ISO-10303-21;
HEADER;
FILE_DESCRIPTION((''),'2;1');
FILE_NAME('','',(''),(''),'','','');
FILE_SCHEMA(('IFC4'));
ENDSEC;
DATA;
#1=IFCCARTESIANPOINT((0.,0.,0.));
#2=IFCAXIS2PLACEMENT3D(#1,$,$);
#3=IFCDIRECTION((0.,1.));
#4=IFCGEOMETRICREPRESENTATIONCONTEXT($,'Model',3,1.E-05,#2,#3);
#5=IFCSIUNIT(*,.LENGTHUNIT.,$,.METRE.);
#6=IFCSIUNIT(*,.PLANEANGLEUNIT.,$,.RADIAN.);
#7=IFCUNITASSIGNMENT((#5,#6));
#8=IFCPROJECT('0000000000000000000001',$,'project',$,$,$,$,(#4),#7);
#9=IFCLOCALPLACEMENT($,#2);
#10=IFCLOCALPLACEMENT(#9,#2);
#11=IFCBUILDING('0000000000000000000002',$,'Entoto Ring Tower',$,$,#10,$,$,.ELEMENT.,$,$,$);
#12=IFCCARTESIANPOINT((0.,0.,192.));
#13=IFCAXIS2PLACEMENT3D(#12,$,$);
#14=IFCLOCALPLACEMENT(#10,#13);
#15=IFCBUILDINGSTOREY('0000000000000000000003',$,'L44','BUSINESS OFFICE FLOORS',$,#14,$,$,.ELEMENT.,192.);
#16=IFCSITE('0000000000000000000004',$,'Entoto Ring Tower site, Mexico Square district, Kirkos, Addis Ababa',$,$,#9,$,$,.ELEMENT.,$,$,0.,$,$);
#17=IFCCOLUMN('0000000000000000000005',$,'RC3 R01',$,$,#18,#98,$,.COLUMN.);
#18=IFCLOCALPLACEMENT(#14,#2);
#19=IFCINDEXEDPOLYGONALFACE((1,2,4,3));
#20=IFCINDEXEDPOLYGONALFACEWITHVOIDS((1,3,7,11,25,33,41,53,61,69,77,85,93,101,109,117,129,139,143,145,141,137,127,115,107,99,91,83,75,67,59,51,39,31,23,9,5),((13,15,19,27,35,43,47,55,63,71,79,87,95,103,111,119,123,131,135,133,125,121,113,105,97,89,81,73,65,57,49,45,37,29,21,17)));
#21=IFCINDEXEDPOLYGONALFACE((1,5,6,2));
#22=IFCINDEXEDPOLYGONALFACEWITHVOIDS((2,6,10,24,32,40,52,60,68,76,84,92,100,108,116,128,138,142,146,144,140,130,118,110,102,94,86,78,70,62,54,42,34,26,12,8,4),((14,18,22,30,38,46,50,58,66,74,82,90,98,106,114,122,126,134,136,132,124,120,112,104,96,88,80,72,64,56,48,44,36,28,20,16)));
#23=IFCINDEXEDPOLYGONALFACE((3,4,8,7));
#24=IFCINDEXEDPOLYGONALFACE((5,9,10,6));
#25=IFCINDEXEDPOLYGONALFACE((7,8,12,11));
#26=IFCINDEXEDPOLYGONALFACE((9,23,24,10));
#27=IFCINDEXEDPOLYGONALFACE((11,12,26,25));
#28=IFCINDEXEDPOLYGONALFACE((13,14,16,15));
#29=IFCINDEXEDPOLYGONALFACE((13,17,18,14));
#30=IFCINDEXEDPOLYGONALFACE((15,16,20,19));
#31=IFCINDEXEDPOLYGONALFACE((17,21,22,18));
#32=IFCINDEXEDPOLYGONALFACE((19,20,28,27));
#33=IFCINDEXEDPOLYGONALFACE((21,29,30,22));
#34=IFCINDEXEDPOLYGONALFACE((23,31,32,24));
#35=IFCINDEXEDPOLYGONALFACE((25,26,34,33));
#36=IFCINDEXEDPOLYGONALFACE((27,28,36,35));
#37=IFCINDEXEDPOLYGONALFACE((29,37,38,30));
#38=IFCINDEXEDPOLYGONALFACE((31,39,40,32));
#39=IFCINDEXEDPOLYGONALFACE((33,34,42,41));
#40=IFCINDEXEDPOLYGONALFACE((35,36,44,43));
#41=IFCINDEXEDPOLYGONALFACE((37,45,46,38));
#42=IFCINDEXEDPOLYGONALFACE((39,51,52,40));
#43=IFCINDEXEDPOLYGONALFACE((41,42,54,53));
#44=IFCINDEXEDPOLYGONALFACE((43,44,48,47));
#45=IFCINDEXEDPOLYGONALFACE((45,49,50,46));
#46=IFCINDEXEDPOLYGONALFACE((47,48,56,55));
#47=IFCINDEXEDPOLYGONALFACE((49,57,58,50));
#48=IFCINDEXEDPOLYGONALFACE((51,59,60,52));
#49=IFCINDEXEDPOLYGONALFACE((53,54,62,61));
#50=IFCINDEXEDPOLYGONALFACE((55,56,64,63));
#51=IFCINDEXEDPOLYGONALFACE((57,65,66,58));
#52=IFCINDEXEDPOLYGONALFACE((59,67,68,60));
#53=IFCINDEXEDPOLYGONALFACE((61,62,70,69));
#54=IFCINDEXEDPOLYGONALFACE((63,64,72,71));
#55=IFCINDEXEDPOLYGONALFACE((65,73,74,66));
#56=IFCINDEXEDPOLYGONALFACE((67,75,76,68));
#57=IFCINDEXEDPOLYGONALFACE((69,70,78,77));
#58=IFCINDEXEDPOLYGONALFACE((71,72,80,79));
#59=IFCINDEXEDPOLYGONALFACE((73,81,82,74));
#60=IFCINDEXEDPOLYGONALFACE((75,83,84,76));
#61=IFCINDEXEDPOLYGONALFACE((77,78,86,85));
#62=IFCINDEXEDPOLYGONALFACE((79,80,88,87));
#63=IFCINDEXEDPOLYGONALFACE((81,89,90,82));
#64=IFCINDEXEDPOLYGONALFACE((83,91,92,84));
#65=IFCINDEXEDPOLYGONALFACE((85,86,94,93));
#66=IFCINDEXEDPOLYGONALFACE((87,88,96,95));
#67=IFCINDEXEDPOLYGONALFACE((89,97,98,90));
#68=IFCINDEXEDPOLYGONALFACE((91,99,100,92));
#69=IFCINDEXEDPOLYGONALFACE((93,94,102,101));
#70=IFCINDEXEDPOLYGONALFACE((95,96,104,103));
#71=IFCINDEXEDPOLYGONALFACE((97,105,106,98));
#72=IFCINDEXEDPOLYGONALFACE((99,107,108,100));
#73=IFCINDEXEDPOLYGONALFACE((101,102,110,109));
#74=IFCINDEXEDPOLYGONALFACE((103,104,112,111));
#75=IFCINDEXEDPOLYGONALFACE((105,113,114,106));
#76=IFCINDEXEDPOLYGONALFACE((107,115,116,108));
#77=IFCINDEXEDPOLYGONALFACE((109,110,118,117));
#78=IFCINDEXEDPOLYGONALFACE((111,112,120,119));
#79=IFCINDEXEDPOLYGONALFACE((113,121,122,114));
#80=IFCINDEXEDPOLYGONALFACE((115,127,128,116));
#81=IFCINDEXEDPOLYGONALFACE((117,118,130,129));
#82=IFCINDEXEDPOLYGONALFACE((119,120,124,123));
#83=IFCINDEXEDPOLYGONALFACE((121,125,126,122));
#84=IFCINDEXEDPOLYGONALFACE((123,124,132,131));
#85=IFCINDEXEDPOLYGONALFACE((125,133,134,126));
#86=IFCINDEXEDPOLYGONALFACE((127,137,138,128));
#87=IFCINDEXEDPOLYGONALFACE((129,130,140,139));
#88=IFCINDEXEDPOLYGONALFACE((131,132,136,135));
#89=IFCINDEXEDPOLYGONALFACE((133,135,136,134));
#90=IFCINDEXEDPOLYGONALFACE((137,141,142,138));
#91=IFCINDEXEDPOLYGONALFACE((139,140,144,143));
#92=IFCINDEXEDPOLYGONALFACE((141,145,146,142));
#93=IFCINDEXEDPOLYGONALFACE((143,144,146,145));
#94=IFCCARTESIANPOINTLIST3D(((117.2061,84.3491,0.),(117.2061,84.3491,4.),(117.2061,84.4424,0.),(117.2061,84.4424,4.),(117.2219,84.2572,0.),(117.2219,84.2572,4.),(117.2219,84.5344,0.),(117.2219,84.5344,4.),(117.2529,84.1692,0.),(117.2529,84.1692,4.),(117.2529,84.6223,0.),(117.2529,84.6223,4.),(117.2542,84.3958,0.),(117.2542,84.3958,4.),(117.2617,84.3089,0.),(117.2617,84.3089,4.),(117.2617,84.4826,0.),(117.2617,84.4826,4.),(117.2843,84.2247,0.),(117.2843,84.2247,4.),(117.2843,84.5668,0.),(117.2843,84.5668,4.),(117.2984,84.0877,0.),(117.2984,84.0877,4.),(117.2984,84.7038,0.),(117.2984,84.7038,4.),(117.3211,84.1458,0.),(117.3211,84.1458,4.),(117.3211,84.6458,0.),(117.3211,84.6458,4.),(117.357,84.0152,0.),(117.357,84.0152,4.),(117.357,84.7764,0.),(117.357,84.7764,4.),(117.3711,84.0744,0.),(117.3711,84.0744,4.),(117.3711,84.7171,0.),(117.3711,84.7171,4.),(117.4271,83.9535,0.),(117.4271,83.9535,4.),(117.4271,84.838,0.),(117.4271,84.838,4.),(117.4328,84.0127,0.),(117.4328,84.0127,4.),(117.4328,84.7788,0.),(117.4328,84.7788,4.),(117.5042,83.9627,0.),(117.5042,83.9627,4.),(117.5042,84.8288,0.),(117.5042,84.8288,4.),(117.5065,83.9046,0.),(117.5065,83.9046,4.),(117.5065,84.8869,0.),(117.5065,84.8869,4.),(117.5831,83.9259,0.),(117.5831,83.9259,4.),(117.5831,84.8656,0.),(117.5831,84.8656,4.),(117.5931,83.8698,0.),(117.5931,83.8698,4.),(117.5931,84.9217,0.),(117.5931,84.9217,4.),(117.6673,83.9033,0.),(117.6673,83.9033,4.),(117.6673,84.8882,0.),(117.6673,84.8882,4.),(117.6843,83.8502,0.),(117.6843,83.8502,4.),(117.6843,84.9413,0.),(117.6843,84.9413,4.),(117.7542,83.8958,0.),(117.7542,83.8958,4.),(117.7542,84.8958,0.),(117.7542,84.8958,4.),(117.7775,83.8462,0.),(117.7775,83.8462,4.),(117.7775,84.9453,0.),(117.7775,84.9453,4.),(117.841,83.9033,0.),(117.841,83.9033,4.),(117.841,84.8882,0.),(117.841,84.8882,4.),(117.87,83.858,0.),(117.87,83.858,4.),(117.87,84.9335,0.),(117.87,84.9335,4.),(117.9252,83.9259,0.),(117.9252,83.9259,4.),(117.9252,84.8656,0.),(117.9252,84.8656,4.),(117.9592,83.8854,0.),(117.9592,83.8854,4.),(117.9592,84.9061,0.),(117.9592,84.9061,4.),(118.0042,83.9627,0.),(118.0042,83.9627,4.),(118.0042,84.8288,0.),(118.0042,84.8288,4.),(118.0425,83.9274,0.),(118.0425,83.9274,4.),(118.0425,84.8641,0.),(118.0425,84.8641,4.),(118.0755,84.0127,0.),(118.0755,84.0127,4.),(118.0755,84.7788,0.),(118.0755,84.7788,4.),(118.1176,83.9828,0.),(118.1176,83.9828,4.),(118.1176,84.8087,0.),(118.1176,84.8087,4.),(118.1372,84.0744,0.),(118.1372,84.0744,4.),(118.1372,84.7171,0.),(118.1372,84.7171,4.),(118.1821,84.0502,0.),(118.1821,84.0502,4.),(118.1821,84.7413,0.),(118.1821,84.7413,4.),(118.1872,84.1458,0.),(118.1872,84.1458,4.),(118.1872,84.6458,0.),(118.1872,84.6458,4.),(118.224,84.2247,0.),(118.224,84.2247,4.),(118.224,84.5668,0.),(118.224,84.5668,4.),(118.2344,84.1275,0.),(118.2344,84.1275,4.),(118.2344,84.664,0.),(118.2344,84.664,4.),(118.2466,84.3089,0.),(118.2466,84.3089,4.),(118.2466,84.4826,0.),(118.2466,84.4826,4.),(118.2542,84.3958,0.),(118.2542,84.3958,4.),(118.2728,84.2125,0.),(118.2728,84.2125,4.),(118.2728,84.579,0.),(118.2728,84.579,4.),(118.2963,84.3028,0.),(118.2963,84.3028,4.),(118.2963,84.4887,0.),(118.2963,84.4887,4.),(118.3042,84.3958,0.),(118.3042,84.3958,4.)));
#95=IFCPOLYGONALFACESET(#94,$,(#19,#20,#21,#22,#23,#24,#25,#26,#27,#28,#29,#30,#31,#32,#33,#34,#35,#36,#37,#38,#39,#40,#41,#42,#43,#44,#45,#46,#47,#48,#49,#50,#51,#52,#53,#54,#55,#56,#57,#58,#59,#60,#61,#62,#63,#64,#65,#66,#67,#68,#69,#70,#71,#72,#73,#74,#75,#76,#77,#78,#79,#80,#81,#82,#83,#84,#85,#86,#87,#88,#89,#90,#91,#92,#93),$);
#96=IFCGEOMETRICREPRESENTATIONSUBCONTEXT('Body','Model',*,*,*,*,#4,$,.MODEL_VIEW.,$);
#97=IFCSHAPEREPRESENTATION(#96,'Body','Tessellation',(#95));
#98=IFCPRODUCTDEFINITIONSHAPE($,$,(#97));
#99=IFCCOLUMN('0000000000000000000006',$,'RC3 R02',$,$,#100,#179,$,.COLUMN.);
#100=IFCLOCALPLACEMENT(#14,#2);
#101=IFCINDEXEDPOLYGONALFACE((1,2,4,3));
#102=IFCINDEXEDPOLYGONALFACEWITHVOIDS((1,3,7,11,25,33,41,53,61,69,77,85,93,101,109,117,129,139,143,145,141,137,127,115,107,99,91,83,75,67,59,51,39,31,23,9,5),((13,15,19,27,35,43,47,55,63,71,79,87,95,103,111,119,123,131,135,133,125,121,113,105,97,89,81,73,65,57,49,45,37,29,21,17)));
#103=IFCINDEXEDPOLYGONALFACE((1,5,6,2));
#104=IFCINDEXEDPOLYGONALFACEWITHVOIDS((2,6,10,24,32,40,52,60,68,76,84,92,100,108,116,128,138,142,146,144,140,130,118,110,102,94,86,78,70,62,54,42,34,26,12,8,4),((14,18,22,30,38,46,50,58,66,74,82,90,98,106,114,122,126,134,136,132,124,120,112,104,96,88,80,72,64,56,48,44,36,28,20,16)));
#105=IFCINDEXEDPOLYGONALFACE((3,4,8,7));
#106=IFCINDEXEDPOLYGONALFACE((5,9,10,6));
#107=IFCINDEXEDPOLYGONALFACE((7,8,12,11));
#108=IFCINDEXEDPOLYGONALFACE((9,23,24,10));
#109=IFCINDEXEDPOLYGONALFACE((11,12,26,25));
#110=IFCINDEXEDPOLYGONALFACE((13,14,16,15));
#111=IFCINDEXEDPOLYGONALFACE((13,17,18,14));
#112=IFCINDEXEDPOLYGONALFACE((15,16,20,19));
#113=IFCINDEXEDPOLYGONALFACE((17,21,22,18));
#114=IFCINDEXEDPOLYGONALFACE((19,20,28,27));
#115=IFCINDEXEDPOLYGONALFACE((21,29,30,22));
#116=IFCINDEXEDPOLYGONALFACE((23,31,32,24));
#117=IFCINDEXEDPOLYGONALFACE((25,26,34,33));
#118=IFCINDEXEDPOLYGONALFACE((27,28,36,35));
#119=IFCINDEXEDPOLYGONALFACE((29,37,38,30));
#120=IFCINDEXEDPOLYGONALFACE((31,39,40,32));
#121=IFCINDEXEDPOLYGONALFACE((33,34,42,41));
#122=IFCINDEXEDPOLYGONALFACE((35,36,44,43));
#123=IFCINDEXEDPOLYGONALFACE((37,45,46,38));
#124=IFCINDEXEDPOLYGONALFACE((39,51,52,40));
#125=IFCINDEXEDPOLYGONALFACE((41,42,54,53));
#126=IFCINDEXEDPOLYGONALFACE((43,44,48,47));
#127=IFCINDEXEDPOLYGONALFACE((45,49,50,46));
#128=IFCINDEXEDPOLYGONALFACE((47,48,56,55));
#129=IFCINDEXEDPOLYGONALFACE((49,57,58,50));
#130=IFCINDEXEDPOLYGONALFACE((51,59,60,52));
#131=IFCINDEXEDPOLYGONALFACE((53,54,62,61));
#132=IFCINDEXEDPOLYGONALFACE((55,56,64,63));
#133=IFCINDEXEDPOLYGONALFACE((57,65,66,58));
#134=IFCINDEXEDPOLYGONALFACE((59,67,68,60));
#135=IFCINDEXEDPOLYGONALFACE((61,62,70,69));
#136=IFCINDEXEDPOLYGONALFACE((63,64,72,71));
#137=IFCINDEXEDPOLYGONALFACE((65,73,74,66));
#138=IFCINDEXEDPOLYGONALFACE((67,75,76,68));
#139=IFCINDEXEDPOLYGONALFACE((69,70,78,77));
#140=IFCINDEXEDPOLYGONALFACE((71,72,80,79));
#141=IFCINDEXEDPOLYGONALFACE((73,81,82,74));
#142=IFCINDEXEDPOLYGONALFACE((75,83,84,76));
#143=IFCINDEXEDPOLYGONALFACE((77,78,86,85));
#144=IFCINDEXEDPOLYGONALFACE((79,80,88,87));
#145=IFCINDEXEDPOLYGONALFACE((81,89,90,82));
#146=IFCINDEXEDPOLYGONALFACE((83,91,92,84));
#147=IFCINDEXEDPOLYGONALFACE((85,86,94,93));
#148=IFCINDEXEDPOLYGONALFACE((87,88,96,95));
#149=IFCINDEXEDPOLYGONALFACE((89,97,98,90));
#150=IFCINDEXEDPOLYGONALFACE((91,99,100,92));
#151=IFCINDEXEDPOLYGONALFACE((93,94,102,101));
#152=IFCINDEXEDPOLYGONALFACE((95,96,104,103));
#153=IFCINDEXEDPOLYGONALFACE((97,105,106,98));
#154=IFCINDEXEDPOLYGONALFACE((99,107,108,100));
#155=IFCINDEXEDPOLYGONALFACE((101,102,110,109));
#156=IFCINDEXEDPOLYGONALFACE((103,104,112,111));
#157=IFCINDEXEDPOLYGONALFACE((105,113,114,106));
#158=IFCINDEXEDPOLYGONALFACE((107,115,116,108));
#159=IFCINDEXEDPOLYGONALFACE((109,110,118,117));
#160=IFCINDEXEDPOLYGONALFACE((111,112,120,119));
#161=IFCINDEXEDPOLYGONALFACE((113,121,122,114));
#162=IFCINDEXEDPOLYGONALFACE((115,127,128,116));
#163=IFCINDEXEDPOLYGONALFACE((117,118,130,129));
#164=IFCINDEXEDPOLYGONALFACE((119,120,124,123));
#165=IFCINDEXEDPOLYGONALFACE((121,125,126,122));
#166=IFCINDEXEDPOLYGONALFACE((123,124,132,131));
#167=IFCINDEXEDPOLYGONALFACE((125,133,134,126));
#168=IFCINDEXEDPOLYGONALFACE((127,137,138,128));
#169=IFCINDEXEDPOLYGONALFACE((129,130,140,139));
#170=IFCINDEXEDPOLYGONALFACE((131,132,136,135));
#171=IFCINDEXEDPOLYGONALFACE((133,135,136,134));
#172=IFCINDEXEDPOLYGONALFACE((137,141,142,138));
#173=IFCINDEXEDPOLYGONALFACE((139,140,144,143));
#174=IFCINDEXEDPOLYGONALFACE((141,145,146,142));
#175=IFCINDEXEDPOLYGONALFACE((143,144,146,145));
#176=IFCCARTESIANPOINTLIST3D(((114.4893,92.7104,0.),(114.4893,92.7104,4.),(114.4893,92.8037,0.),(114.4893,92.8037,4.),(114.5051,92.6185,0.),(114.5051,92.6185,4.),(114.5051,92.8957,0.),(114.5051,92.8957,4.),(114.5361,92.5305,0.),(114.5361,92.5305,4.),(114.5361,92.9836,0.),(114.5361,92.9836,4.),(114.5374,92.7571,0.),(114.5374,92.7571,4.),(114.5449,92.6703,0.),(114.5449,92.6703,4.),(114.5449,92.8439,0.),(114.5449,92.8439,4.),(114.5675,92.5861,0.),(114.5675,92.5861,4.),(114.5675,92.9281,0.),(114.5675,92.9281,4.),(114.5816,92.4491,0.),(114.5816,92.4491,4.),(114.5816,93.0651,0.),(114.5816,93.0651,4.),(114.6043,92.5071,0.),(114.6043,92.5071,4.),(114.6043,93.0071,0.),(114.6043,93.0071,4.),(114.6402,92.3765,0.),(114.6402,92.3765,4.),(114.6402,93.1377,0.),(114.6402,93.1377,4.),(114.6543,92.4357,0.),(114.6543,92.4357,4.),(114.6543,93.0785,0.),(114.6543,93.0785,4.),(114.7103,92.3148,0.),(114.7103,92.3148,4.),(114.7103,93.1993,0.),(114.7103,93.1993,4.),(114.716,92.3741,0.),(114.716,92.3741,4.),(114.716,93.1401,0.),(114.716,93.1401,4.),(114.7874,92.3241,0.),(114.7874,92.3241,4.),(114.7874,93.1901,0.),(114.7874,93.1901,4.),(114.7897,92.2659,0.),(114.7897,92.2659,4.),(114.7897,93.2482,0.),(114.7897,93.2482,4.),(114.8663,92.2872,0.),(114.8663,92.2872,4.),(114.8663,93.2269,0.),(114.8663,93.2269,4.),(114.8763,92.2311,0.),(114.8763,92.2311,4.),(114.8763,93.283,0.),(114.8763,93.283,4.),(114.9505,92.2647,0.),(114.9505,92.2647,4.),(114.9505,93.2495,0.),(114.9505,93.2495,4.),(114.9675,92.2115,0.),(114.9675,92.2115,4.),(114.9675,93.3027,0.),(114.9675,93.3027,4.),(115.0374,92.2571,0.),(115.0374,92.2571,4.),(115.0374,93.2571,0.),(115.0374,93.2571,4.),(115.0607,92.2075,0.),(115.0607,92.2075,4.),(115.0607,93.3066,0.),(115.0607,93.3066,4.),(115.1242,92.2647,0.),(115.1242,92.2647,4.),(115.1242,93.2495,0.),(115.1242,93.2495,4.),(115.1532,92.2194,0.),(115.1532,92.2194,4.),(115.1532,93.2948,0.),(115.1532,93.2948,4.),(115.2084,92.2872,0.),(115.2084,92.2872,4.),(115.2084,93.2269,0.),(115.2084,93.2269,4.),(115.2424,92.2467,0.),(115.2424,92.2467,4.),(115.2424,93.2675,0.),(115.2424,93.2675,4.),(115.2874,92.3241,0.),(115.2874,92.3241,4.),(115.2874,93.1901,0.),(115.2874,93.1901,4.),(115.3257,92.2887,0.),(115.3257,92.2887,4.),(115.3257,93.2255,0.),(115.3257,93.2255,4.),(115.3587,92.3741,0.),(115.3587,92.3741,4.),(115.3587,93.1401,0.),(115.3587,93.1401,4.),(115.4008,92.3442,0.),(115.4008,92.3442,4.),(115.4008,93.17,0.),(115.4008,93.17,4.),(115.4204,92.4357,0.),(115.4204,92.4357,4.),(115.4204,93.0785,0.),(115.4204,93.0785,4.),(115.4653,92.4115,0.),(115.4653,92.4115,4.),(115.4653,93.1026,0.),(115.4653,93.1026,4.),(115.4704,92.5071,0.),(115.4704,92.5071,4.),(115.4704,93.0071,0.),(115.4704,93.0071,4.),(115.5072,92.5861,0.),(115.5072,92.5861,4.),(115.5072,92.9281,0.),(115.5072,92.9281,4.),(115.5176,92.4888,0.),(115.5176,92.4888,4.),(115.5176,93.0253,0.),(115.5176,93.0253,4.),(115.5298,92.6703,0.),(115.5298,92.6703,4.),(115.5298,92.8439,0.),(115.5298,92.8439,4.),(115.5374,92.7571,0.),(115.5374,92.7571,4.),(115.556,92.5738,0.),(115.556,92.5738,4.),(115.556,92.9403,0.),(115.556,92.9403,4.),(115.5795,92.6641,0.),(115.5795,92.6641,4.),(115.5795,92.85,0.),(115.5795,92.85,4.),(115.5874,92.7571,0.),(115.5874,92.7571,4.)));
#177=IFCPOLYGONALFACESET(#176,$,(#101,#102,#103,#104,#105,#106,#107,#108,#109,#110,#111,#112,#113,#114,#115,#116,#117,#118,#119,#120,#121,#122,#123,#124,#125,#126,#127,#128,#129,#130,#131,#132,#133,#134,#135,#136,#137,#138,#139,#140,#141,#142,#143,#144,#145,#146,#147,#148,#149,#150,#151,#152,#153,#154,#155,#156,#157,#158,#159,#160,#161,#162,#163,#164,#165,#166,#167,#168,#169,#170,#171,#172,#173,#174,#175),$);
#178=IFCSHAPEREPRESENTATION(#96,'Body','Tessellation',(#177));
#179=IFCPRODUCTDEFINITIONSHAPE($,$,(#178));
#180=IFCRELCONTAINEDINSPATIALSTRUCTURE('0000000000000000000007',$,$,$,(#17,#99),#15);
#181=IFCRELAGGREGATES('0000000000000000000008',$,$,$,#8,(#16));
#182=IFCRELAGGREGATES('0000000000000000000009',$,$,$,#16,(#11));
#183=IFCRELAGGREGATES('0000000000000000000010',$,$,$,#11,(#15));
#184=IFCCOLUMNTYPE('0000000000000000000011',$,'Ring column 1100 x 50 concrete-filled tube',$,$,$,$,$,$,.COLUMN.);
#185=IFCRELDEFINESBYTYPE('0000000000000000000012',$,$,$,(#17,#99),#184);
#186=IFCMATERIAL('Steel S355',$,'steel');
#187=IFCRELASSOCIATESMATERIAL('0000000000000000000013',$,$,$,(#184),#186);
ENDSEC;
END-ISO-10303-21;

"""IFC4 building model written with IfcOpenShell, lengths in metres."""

from ifc_helpers import new_model, si_unit, direction, frame, origin, origin_2d, place, context, subcontext, project, spatial, circle, hollow_circle, extrude, material, material_profile, profile_set, type_object, element, save


model = new_model("IFC4")

# Units and contexts
model_context = context("Model", 3, precision=1e-05, world=origin(), true_north=direction((0.0, 1.0)))
body_context = subcontext(model_context, "Body", "Model", "MODEL_VIEW")
ifc_project = project(units=[si_unit("LENGTHUNIT", "METRE"), si_unit("PLANEANGLEUNIT", "RADIAN")], contexts=[model_context])

# Site, building, storey
site_placement = place(None, origin())
site = spatial("IfcSite", under=ifc_project, at=site_placement, Name="Entoto Ring Tower site, Mexico Square district, Kirkos, Addis Ababa", CompositionType="ELEMENT", RefElevation=0.0)
building_placement = place(site_placement, origin())
building = spatial("IfcBuilding", under=site, at=building_placement, Name="Entoto Ring Tower", CompositionType="ELEMENT")
storey_placement = place(building_placement, frame((0.0, 0.0, 192.0)))
storey = spatial("IfcBuildingStorey", under=building, at=storey_placement, Name="L44", Description="BUSINESS OFFICE FLOORS", CompositionType="ELEMENT", Elevation=192.0)

# Columns
ifc_material_1 = material(Name="Steel S355", Category="steel")
ifc_material_profile_1 = material_profile(ifc_material_1, hollow_circle(Radius=0.55, WallThickness=0.05, at=origin_2d()), Name="CHS 1100 x 50")
ifc_material_2 = material(Name="Concrete C60/75", Category="concrete")
ifc_material_profile_2 = material_profile(ifc_material_2, circle(Radius=0.5, at=origin_2d()), Name="Concrete C60/75 infill")
ifc_profile_set_1 = profile_set([ifc_material_profile_1, ifc_material_profile_2], Name="Steel S355")
column_type = type_object("IfcColumnType", Name="Ring column 1100 x 50 concrete-filled tube", PredefinedType="COLUMN", material=ifc_profile_set_1)
for number, where, z_axis, x_axis, name in (
    (1, (117.7542, 84.3958, 0.0), (0.0, 0.0, 1.0), (1.0, 0.0, 0.0), "RC3 R01"),
    (2, (115.0374, 92.7571, 0.0), (0.0, 0.0, 1.0), (1.0, 0.0, 0.0), "RC3 R02"),
):
    element("IfcColumn", number, at=place(storey_placement, frame(where, z_axis=z_axis, x_axis=x_axis)), inside=storey, type_object=column_type, Name=name, PredefinedType="COLUMN", context=body_context, shape_type="SweptSolid", body=[
        extrude(hollow_circle(Radius=0.55, WallThickness=0.05, at=origin_2d()), origin(), (0.0, 0.0, 1.0), 4.0),
    ])

save(model, "model.ifc")
